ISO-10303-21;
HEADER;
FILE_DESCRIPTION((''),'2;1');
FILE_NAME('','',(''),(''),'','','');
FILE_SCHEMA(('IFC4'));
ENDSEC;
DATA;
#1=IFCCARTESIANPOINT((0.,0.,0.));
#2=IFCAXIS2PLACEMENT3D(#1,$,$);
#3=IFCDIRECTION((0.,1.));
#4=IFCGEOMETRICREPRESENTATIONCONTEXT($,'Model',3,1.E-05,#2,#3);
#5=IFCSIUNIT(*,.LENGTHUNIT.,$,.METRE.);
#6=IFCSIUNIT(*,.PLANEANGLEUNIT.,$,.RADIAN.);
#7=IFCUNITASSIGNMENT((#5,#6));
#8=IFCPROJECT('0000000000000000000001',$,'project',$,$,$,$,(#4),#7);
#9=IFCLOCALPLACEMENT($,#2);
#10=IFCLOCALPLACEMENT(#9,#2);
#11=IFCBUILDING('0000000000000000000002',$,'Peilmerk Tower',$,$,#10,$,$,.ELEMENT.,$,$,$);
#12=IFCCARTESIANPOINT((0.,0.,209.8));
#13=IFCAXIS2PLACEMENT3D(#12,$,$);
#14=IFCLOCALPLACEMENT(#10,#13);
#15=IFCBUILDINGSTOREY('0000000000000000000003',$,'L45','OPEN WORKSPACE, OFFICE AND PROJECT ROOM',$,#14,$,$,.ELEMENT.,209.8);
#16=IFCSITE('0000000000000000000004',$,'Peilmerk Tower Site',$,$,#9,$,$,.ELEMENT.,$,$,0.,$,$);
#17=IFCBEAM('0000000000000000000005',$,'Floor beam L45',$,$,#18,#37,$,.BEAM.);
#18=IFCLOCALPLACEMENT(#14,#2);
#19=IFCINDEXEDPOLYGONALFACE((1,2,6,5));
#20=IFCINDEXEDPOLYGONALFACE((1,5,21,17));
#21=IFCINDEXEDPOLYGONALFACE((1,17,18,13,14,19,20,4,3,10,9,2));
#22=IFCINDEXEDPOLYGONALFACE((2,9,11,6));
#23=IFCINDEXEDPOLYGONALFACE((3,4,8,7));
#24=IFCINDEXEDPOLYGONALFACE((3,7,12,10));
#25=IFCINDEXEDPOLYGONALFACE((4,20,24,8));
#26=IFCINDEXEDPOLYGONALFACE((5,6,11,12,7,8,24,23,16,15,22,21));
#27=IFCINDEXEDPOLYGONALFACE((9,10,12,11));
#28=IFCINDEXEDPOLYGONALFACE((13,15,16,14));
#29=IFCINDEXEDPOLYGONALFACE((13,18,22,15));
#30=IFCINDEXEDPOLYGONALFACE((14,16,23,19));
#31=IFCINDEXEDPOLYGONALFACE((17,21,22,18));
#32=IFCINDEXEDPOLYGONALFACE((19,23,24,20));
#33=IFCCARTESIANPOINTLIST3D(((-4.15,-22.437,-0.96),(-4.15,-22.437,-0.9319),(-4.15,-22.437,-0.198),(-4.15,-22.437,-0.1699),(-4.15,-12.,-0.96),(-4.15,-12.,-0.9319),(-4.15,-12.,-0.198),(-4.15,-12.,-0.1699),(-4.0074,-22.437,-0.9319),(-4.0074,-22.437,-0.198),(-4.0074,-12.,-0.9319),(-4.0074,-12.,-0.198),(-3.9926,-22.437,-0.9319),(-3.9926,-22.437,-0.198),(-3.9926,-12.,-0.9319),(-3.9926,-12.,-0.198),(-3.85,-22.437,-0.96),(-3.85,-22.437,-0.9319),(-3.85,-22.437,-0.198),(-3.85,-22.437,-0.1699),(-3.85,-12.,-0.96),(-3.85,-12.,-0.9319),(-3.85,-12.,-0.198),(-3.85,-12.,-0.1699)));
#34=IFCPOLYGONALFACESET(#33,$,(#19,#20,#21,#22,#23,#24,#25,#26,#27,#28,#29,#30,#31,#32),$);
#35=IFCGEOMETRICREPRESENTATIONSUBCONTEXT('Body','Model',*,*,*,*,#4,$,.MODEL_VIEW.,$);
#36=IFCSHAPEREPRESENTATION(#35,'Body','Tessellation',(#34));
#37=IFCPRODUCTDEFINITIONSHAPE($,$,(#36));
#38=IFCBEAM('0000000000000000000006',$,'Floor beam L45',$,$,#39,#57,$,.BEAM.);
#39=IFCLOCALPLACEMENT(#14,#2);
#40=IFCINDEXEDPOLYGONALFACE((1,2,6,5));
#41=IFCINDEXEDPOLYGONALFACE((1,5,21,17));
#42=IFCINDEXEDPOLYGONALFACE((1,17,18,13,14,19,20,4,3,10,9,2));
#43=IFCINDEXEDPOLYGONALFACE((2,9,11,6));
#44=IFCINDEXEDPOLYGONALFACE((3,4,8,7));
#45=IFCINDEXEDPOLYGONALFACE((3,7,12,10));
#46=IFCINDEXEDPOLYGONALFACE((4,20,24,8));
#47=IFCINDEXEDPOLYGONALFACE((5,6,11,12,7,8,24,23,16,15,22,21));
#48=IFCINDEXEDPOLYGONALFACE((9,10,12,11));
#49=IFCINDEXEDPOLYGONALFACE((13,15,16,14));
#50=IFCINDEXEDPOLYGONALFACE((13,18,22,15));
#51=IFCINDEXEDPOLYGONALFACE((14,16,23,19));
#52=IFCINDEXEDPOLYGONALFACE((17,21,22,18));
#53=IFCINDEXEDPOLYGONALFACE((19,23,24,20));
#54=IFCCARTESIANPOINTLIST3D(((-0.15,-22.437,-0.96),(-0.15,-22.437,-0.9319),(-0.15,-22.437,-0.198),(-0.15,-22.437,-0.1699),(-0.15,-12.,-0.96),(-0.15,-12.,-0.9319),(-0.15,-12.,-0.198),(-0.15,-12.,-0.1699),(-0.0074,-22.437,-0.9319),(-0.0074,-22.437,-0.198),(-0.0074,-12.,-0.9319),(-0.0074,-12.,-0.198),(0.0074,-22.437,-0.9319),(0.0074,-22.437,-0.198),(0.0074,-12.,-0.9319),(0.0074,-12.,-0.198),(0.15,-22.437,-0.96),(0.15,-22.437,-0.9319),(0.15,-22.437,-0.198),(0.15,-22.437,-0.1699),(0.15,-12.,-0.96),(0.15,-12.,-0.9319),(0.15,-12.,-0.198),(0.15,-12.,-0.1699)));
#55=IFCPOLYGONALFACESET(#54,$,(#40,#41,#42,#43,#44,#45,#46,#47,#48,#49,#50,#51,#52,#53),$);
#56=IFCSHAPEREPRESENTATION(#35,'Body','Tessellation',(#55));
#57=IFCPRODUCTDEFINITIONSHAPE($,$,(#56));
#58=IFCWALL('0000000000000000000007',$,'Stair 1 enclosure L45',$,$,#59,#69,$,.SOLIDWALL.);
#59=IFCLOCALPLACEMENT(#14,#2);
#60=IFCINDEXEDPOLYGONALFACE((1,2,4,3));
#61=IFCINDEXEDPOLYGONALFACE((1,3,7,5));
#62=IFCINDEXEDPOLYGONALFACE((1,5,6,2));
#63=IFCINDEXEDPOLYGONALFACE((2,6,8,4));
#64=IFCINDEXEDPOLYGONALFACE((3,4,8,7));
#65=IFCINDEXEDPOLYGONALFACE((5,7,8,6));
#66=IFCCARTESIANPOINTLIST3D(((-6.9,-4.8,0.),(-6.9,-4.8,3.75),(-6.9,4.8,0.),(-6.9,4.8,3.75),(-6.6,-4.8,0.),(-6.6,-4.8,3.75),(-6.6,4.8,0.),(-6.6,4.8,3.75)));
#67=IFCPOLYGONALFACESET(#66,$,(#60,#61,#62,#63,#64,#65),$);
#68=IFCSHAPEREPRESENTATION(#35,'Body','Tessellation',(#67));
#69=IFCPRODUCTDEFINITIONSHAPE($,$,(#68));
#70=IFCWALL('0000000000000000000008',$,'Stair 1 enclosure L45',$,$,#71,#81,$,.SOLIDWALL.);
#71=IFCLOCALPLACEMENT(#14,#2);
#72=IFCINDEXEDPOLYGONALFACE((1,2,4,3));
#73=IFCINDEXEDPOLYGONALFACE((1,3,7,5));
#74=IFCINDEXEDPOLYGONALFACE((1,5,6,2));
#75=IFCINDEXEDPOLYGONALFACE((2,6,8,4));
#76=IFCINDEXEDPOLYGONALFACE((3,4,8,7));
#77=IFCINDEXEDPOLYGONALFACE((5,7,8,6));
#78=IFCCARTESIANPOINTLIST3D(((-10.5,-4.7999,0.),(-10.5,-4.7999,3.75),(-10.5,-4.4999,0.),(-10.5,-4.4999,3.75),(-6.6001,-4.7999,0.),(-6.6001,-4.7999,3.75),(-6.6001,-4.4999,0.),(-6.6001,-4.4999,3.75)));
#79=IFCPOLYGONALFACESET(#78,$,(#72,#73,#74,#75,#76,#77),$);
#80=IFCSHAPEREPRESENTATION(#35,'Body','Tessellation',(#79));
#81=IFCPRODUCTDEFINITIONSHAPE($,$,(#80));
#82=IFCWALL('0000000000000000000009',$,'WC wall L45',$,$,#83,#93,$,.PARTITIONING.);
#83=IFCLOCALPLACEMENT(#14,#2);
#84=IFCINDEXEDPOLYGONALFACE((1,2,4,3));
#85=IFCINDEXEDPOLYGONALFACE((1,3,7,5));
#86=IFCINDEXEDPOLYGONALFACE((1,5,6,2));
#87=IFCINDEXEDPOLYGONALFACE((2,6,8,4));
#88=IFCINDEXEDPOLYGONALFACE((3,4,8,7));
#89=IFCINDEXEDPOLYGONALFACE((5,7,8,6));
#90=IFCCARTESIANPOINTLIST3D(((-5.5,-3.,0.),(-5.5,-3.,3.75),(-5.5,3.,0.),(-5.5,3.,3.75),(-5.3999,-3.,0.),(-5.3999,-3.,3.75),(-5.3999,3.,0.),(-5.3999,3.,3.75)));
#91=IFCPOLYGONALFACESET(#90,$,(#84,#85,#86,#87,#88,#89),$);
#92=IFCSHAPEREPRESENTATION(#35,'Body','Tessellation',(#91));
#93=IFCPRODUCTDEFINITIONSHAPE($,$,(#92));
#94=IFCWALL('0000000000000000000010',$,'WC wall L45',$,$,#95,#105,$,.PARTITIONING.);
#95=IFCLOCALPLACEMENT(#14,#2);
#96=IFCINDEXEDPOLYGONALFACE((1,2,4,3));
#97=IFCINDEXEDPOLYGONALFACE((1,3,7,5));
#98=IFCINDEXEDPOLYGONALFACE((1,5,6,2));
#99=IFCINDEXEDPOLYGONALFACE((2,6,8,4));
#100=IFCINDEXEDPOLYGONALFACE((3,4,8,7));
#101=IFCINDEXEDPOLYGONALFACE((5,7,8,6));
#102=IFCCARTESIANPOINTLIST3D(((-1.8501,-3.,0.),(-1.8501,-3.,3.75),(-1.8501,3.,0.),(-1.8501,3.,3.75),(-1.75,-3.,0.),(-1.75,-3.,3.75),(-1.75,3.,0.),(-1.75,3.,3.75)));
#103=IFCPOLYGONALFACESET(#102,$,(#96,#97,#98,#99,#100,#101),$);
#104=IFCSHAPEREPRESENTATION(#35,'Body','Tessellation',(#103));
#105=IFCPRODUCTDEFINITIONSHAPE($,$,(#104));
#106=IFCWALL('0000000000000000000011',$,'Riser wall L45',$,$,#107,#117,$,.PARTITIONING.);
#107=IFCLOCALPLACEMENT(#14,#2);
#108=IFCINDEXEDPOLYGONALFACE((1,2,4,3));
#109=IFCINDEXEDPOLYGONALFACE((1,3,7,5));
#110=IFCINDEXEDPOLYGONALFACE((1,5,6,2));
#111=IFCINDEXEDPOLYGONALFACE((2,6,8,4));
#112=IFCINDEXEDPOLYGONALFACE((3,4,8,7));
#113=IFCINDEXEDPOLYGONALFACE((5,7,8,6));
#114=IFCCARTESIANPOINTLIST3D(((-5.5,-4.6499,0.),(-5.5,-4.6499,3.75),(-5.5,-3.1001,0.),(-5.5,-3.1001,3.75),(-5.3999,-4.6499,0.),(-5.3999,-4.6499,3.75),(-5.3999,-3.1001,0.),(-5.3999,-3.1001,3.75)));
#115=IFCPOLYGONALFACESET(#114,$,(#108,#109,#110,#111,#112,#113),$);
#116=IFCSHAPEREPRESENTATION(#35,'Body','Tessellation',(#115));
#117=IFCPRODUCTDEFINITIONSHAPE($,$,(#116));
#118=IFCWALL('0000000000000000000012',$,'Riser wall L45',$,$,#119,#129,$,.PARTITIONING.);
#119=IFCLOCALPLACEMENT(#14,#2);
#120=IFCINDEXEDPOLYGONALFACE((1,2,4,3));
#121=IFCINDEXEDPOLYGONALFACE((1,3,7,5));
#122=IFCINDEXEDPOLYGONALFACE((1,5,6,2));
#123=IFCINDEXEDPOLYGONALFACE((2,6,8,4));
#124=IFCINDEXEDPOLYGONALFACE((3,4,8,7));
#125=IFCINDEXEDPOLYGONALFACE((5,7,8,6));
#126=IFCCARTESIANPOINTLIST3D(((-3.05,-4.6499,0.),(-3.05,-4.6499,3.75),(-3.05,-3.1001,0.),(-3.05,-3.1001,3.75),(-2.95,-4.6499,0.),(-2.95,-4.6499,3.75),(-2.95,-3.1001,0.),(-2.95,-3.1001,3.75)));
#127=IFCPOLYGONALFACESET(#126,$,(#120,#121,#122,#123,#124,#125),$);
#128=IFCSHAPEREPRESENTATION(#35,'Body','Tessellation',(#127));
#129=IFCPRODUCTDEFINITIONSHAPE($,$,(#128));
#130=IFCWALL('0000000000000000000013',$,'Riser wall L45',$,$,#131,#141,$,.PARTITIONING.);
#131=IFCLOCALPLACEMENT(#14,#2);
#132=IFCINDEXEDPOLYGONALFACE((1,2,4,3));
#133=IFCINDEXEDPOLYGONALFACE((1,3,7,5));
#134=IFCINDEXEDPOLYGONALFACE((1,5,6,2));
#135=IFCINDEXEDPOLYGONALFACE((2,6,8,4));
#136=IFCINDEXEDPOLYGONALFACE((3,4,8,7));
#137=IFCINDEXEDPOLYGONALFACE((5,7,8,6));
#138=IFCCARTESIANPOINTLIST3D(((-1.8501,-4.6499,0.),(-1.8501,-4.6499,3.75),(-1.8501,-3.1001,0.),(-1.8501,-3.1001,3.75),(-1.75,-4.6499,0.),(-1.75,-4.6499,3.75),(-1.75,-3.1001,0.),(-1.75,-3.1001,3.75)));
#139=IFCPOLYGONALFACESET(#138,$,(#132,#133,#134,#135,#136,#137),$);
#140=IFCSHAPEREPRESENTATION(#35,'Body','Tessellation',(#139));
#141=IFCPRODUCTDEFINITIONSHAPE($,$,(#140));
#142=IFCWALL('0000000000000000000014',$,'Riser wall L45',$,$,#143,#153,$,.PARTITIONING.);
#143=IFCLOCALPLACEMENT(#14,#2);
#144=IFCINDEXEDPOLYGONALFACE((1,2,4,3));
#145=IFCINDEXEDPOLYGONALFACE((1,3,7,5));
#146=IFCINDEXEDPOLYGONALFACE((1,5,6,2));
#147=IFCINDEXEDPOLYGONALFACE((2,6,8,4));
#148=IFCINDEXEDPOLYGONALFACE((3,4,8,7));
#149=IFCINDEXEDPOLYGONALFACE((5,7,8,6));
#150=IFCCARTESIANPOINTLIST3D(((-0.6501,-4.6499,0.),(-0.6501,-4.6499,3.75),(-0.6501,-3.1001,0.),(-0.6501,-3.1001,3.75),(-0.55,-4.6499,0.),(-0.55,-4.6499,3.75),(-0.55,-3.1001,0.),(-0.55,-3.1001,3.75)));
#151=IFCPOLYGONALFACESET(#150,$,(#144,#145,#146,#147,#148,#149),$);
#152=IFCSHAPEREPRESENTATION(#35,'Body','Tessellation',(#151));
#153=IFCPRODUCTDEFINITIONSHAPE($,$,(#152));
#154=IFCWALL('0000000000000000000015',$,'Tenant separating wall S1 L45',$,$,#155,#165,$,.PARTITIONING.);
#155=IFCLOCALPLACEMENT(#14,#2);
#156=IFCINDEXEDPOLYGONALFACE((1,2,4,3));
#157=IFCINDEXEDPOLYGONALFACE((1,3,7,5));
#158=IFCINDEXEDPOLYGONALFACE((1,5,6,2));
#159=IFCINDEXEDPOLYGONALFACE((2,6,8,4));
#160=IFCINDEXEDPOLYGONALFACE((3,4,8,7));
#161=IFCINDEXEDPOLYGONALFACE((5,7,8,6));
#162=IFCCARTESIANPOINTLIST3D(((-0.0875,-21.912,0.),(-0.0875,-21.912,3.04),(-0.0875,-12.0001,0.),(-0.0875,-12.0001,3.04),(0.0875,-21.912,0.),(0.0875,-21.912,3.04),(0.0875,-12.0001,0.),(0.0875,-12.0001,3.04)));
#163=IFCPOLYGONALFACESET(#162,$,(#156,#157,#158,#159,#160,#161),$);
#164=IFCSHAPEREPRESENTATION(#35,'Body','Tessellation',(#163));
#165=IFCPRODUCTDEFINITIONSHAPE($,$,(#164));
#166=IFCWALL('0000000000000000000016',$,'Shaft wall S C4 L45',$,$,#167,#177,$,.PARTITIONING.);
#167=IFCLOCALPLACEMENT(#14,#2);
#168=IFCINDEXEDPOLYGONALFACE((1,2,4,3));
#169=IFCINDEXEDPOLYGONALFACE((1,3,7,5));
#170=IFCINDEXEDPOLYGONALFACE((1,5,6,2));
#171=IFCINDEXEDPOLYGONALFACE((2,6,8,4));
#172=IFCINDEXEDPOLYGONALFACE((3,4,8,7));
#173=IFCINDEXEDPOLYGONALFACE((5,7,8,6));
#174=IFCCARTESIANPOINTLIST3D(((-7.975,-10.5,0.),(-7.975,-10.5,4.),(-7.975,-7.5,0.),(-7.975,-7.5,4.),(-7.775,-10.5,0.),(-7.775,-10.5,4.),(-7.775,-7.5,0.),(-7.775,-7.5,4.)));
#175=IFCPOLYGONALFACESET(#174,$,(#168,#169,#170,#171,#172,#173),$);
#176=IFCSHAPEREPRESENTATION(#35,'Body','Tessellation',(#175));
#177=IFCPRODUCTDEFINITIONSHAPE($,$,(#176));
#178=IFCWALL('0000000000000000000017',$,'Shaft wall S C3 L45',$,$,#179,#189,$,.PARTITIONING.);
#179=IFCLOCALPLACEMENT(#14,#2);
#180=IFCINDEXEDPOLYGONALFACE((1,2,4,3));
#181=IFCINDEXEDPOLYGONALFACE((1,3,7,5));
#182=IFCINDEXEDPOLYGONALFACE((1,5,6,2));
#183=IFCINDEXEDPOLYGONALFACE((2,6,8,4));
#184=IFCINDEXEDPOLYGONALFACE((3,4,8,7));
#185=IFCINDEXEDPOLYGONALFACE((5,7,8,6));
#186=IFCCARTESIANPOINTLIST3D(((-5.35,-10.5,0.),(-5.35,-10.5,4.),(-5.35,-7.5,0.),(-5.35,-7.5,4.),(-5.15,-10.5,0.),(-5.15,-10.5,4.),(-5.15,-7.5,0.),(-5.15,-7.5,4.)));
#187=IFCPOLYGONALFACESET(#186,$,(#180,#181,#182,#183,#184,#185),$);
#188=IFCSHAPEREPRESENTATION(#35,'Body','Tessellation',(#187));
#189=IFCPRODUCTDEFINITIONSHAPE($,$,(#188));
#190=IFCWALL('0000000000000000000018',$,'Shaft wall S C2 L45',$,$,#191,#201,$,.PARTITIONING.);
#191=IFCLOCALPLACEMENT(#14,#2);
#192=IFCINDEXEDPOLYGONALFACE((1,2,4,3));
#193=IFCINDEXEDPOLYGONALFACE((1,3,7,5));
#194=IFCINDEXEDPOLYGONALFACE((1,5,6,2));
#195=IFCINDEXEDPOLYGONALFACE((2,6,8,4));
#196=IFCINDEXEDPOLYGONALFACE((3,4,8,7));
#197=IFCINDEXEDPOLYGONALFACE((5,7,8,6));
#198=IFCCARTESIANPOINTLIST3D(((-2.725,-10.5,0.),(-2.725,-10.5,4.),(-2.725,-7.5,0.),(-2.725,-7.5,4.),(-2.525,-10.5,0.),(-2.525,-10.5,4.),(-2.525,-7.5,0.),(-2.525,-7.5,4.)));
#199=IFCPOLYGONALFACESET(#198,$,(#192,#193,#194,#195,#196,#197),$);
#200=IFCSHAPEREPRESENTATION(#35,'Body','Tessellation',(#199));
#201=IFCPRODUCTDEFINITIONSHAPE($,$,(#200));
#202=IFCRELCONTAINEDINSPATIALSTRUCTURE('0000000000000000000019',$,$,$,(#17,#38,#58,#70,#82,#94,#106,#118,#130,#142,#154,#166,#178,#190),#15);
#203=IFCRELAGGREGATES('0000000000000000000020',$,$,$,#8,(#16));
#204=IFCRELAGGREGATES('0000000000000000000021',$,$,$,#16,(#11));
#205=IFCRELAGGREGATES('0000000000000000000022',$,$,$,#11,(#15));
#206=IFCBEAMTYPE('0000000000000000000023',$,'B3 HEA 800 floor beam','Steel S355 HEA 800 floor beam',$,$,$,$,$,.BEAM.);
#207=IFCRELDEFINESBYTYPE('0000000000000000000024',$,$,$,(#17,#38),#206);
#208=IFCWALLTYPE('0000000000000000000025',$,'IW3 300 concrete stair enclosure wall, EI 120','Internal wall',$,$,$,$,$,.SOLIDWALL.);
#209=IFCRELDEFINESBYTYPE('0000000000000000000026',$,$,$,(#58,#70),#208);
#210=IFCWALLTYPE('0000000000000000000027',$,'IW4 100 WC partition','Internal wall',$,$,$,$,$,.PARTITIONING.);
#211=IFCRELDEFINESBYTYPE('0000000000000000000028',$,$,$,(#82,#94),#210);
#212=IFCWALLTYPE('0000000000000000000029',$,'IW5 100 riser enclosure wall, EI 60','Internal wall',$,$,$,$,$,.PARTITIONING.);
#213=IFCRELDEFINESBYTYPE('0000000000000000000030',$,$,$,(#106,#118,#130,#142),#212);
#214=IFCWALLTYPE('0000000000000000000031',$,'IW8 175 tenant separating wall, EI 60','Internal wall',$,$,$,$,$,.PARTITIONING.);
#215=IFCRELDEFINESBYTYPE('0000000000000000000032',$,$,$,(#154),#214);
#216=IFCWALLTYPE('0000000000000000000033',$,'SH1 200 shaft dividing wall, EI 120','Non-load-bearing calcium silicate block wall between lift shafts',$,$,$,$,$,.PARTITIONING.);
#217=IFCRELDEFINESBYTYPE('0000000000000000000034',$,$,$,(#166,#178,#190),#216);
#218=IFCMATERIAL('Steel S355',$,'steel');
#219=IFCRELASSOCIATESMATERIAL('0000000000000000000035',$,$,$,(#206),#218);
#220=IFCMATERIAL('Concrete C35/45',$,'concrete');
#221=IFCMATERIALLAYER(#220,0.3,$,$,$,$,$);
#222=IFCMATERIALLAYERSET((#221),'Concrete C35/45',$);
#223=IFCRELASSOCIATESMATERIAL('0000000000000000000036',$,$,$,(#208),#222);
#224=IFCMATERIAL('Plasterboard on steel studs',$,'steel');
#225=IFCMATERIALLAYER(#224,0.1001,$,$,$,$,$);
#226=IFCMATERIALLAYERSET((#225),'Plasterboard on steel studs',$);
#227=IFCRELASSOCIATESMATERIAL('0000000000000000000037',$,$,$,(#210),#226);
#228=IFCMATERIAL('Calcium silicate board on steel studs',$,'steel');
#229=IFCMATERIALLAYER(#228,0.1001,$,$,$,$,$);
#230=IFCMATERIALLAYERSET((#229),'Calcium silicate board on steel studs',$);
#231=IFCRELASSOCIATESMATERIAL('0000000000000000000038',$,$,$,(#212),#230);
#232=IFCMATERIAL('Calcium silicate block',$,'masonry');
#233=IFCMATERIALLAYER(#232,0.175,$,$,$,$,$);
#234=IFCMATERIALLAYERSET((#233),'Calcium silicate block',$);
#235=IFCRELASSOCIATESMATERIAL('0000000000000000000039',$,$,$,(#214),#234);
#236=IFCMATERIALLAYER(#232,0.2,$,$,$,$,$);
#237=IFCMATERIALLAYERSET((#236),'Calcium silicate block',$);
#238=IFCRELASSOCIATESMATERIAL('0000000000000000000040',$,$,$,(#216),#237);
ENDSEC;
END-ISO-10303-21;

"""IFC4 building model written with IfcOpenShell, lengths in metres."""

from ifc_helpers import new_model, si_unit, direction, frame, frame_2d, origin, origin_2d, place, context, subcontext, project, spatial, rectangle, i_section, extrude, material, layer, layer_set, material_profile, profile_set, type_object, element, save


model = new_model("IFC4")

# Units and contexts
model_context = context("Model", 3, precision=1e-05, world=origin(), true_north=direction((0.0, 1.0)))
body_context = subcontext(model_context, "Body", "Model", "MODEL_VIEW")
ifc_project = project(units=[si_unit("LENGTHUNIT", "METRE"), si_unit("PLANEANGLEUNIT", "RADIAN")], contexts=[model_context])

# Site, building, storey
site_placement = place(None, origin())
site = spatial("IfcSite", under=ifc_project, at=site_placement, Name="Peilmerk Tower Site", CompositionType="ELEMENT", RefElevation=0.0)
building_placement = place(site_placement, origin())
building = spatial("IfcBuilding", under=site, at=building_placement, Name="Peilmerk Tower", CompositionType="ELEMENT")
storey_placement = place(building_placement, frame((0.0, 0.0, 209.8)))
storey = spatial("IfcBuildingStorey", under=building, at=storey_placement, Name="L45", Description="OPEN WORKSPACE, OFFICE AND PROJECT ROOM", CompositionType="ELEMENT", Elevation=209.8)

# Beams
ifc_material_1 = material(Name="Steel S355", Category="steel")
ifc_material_profile = material_profile(ifc_material_1, i_section(OverallWidth=0.3, OverallDepth=0.79, WebThickness=0.0149, FlangeThickness=0.0281, at=origin_2d()), Name="HEA 800")
ifc_profile_set = profile_set([ifc_material_profile], Name="Steel S355")
beam_type = type_object("IfcBeamType", Name="B3 HEA 800 floor beam", Description="Steel S355 HEA 800 floor beam", PredefinedType="BEAM", material=ifc_profile_set)
for number, where, z_axis, x_axis, name in (
    (1, (-4.0, -12.0, -0.5649), (0.0, -1.0, 0.0), (1.0, 0.0, 0.0), "Floor beam L45"),
    (2, (0.0, -12.0, -0.5649), (0.0, -1.0, 0.0), (1.0, 0.0, 0.0), "Floor beam L45"),
):
    element("IfcBeam", number, at=place(storey_placement, frame(where, z_axis=z_axis, x_axis=x_axis)), inside=storey, type_object=beam_type, Name=name, PredefinedType="BEAM", context=body_context, shape_type="SweptSolid", body=[
        extrude(i_section(OverallWidth=0.3, OverallDepth=0.79, WebThickness=0.0149, FlangeThickness=0.0281, at=origin_2d()), origin(), (0.0, 0.0, 1.0), 10.437),
    ])

# Walls
ifc_material_2 = material(Name="Concrete C35/45", Category="concrete")
ifc_layer_1 = layer(ifc_material_2, 0.3)
ifc_layer_set_1 = layer_set([ifc_layer_1], Name="Concrete C35/45")
wall_type_1 = type_object("IfcWallType", Name="IW3 300 concrete stair enclosure wall, EI 120", Description="Internal wall", PredefinedType="SOLIDWALL", material=ifc_layer_set_1)
wall_1_placement = place(storey_placement, frame((-6.75, -4.8, 0.0), z_axis=(0.0, 0.0, 1.0), x_axis=(0.0, 1.0, 0.0)))
element("IfcWall", 3, at=wall_1_placement, inside=storey, type_object=wall_type_1, Name="Stair 1 enclosure L45", PredefinedType="SOLIDWALL", context=body_context, shape_type="SweptSolid", body=[
    extrude(rectangle(XDim=9.6001, YDim=0.3, at=frame_2d((4.8, 0.0))), origin(), (0.0, 0.0, 1.0), 3.75),
])
wall_2_placement = place(storey_placement, frame((-6.6001, -4.6499, 0.0), z_axis=(0.0, 0.0, 1.0), x_axis=(-1.0, 0.0, 0.0)))
element("IfcWall", 4, at=wall_2_placement, inside=storey, type_object=wall_type_1, Name="Stair 1 enclosure L45", PredefinedType="SOLIDWALL", context=body_context, shape_type="SweptSolid", body=[
    extrude(rectangle(XDim=3.8999, YDim=0.3, at=frame_2d((1.95, 0.0))), origin(), (0.0, 0.0, 1.0), 3.75),
])
ifc_material_3 = material(Name="Plasterboard on steel studs", Category="steel")
ifc_layer_2 = layer(ifc_material_3, 0.1001)
ifc_layer_set_2 = layer_set([ifc_layer_2], Name="Plasterboard on steel studs")
wall_type_2 = type_object("IfcWallType", Name="IW4 100 WC partition", Description="Internal wall", PredefinedType="PARTITIONING", material=ifc_layer_set_2)
for number, where, z_axis, x_axis, name in (
    (5, (-5.45, -3.0, 0.0), (0.0, 0.0, 1.0), (0.0, 1.0, 0.0), "WC wall L45"),
    (6, (-1.8, -3.0, 0.0), (0.0, 0.0, 1.0), (0.0, 1.0, 0.0), "WC wall L45"),
):
    element("IfcWall", number, at=place(storey_placement, frame(where, z_axis=z_axis, x_axis=x_axis)), inside=storey, type_object=wall_type_2, Name=name, PredefinedType="PARTITIONING", context=body_context, shape_type="SweptSolid", body=[
        extrude(rectangle(XDim=6.0, YDim=0.1001, at=frame_2d((3.0, 0.0))), origin(), (0.0, 0.0, 1.0), 3.75),
    ])
ifc_material_4 = material(Name="Calcium silicate board on steel studs", Category="steel")
ifc_layer_3 = layer(ifc_material_4, 0.1001)
ifc_layer_set_3 = layer_set([ifc_layer_3], Name="Calcium silicate board on steel studs")
wall_type_3 = type_object("IfcWallType", Name="IW5 100 riser enclosure wall, EI 60", Description="Internal wall", PredefinedType="PARTITIONING", material=ifc_layer_set_3)
for number, where, z_axis, x_axis, name in (
    (7, (-5.45, -3.1001, 0.0), (0.0, 0.0, 1.0), (0.0, -1.0, 0.0), "Riser wall L45"),
    (8, (-3.0, -3.1001, 0.0), (0.0, 0.0, 1.0), (0.0, -1.0, 0.0), "Riser wall L45"),
    (9, (-1.8, -3.1001, 0.0), (0.0, 0.0, 1.0), (0.0, -1.0, 0.0), "Riser wall L45"),
    (10, (-0.6001, -3.1001, 0.0), (0.0, 0.0, 1.0), (0.0, -1.0, 0.0), "Riser wall L45"),
):
    element("IfcWall", number, at=place(storey_placement, frame(where, z_axis=z_axis, x_axis=x_axis)), inside=storey, type_object=wall_type_3, Name=name, PredefinedType="PARTITIONING", context=body_context, shape_type="SweptSolid", body=[
        extrude(rectangle(XDim=1.5498, YDim=0.1001, at=frame_2d((0.7749, 0.0))), origin(), (0.0, 0.0, 1.0), 3.75),
    ])
ifc_material_5 = material(Name="Calcium silicate block", Category="masonry")
ifc_layer_4 = layer(ifc_material_5, 0.175)
ifc_layer_set_4 = layer_set([ifc_layer_4], Name="Calcium silicate block")
wall_type_4 = type_object("IfcWallType", Name="IW8 175 tenant separating wall, EI 60", Description="Internal wall", PredefinedType="PARTITIONING", material=ifc_layer_set_4)
wall_3_placement = place(storey_placement, frame((0.0, -12.0, 0.0), z_axis=(0.0, 0.0, 1.0), x_axis=(0.0, -1.0, 0.0)))
element("IfcWall", 11, at=wall_3_placement, inside=storey, type_object=wall_type_4, Name="Tenant separating wall S1 L45", PredefinedType="PARTITIONING", context=body_context, shape_type="SweptSolid", body=[
    extrude(rectangle(XDim=9.9119, YDim=0.175, at=frame_2d((4.9561, 0.0))), origin(), (0.0, 0.0, 1.0), 3.04),
])
ifc_layer_5 = layer(ifc_material_5, 0.2)
ifc_layer_set_5 = layer_set([ifc_layer_5], Name="Calcium silicate block")
wall_type_5 = type_object("IfcWallType", Name="SH1 200 shaft dividing wall, EI 120", Description="Non-load-bearing calcium silicate block wall between lift shafts", PredefinedType="PARTITIONING", material=ifc_layer_set_5)
for number, where, z_axis, x_axis, name in (
    (12, (-7.875, -10.5, 0.0), (0.0, 0.0, 1.0), (0.0, 1.0, 0.0), "Shaft wall S C4 L45"),
    (13, (-5.25, -10.5, 0.0), (0.0, 0.0, 1.0), (0.0, 1.0, 0.0), "Shaft wall S C3 L45"),
    (14, (-2.625, -10.5, 0.0), (0.0, 0.0, 1.0), (0.0, 1.0, 0.0), "Shaft wall S C2 L45"),
):
    element("IfcWall", number, at=place(storey_placement, frame(where, z_axis=z_axis, x_axis=x_axis)), inside=storey, type_object=wall_type_5, Name=name, PredefinedType="PARTITIONING", context=body_context, shape_type="SweptSolid", body=[
        extrude(rectangle(XDim=3.0, YDim=0.2, at=frame_2d((1.5, 0.0))), origin(), (0.0, 0.0, 1.0), 4.0),
    ])

save(model, "model.ifc")
